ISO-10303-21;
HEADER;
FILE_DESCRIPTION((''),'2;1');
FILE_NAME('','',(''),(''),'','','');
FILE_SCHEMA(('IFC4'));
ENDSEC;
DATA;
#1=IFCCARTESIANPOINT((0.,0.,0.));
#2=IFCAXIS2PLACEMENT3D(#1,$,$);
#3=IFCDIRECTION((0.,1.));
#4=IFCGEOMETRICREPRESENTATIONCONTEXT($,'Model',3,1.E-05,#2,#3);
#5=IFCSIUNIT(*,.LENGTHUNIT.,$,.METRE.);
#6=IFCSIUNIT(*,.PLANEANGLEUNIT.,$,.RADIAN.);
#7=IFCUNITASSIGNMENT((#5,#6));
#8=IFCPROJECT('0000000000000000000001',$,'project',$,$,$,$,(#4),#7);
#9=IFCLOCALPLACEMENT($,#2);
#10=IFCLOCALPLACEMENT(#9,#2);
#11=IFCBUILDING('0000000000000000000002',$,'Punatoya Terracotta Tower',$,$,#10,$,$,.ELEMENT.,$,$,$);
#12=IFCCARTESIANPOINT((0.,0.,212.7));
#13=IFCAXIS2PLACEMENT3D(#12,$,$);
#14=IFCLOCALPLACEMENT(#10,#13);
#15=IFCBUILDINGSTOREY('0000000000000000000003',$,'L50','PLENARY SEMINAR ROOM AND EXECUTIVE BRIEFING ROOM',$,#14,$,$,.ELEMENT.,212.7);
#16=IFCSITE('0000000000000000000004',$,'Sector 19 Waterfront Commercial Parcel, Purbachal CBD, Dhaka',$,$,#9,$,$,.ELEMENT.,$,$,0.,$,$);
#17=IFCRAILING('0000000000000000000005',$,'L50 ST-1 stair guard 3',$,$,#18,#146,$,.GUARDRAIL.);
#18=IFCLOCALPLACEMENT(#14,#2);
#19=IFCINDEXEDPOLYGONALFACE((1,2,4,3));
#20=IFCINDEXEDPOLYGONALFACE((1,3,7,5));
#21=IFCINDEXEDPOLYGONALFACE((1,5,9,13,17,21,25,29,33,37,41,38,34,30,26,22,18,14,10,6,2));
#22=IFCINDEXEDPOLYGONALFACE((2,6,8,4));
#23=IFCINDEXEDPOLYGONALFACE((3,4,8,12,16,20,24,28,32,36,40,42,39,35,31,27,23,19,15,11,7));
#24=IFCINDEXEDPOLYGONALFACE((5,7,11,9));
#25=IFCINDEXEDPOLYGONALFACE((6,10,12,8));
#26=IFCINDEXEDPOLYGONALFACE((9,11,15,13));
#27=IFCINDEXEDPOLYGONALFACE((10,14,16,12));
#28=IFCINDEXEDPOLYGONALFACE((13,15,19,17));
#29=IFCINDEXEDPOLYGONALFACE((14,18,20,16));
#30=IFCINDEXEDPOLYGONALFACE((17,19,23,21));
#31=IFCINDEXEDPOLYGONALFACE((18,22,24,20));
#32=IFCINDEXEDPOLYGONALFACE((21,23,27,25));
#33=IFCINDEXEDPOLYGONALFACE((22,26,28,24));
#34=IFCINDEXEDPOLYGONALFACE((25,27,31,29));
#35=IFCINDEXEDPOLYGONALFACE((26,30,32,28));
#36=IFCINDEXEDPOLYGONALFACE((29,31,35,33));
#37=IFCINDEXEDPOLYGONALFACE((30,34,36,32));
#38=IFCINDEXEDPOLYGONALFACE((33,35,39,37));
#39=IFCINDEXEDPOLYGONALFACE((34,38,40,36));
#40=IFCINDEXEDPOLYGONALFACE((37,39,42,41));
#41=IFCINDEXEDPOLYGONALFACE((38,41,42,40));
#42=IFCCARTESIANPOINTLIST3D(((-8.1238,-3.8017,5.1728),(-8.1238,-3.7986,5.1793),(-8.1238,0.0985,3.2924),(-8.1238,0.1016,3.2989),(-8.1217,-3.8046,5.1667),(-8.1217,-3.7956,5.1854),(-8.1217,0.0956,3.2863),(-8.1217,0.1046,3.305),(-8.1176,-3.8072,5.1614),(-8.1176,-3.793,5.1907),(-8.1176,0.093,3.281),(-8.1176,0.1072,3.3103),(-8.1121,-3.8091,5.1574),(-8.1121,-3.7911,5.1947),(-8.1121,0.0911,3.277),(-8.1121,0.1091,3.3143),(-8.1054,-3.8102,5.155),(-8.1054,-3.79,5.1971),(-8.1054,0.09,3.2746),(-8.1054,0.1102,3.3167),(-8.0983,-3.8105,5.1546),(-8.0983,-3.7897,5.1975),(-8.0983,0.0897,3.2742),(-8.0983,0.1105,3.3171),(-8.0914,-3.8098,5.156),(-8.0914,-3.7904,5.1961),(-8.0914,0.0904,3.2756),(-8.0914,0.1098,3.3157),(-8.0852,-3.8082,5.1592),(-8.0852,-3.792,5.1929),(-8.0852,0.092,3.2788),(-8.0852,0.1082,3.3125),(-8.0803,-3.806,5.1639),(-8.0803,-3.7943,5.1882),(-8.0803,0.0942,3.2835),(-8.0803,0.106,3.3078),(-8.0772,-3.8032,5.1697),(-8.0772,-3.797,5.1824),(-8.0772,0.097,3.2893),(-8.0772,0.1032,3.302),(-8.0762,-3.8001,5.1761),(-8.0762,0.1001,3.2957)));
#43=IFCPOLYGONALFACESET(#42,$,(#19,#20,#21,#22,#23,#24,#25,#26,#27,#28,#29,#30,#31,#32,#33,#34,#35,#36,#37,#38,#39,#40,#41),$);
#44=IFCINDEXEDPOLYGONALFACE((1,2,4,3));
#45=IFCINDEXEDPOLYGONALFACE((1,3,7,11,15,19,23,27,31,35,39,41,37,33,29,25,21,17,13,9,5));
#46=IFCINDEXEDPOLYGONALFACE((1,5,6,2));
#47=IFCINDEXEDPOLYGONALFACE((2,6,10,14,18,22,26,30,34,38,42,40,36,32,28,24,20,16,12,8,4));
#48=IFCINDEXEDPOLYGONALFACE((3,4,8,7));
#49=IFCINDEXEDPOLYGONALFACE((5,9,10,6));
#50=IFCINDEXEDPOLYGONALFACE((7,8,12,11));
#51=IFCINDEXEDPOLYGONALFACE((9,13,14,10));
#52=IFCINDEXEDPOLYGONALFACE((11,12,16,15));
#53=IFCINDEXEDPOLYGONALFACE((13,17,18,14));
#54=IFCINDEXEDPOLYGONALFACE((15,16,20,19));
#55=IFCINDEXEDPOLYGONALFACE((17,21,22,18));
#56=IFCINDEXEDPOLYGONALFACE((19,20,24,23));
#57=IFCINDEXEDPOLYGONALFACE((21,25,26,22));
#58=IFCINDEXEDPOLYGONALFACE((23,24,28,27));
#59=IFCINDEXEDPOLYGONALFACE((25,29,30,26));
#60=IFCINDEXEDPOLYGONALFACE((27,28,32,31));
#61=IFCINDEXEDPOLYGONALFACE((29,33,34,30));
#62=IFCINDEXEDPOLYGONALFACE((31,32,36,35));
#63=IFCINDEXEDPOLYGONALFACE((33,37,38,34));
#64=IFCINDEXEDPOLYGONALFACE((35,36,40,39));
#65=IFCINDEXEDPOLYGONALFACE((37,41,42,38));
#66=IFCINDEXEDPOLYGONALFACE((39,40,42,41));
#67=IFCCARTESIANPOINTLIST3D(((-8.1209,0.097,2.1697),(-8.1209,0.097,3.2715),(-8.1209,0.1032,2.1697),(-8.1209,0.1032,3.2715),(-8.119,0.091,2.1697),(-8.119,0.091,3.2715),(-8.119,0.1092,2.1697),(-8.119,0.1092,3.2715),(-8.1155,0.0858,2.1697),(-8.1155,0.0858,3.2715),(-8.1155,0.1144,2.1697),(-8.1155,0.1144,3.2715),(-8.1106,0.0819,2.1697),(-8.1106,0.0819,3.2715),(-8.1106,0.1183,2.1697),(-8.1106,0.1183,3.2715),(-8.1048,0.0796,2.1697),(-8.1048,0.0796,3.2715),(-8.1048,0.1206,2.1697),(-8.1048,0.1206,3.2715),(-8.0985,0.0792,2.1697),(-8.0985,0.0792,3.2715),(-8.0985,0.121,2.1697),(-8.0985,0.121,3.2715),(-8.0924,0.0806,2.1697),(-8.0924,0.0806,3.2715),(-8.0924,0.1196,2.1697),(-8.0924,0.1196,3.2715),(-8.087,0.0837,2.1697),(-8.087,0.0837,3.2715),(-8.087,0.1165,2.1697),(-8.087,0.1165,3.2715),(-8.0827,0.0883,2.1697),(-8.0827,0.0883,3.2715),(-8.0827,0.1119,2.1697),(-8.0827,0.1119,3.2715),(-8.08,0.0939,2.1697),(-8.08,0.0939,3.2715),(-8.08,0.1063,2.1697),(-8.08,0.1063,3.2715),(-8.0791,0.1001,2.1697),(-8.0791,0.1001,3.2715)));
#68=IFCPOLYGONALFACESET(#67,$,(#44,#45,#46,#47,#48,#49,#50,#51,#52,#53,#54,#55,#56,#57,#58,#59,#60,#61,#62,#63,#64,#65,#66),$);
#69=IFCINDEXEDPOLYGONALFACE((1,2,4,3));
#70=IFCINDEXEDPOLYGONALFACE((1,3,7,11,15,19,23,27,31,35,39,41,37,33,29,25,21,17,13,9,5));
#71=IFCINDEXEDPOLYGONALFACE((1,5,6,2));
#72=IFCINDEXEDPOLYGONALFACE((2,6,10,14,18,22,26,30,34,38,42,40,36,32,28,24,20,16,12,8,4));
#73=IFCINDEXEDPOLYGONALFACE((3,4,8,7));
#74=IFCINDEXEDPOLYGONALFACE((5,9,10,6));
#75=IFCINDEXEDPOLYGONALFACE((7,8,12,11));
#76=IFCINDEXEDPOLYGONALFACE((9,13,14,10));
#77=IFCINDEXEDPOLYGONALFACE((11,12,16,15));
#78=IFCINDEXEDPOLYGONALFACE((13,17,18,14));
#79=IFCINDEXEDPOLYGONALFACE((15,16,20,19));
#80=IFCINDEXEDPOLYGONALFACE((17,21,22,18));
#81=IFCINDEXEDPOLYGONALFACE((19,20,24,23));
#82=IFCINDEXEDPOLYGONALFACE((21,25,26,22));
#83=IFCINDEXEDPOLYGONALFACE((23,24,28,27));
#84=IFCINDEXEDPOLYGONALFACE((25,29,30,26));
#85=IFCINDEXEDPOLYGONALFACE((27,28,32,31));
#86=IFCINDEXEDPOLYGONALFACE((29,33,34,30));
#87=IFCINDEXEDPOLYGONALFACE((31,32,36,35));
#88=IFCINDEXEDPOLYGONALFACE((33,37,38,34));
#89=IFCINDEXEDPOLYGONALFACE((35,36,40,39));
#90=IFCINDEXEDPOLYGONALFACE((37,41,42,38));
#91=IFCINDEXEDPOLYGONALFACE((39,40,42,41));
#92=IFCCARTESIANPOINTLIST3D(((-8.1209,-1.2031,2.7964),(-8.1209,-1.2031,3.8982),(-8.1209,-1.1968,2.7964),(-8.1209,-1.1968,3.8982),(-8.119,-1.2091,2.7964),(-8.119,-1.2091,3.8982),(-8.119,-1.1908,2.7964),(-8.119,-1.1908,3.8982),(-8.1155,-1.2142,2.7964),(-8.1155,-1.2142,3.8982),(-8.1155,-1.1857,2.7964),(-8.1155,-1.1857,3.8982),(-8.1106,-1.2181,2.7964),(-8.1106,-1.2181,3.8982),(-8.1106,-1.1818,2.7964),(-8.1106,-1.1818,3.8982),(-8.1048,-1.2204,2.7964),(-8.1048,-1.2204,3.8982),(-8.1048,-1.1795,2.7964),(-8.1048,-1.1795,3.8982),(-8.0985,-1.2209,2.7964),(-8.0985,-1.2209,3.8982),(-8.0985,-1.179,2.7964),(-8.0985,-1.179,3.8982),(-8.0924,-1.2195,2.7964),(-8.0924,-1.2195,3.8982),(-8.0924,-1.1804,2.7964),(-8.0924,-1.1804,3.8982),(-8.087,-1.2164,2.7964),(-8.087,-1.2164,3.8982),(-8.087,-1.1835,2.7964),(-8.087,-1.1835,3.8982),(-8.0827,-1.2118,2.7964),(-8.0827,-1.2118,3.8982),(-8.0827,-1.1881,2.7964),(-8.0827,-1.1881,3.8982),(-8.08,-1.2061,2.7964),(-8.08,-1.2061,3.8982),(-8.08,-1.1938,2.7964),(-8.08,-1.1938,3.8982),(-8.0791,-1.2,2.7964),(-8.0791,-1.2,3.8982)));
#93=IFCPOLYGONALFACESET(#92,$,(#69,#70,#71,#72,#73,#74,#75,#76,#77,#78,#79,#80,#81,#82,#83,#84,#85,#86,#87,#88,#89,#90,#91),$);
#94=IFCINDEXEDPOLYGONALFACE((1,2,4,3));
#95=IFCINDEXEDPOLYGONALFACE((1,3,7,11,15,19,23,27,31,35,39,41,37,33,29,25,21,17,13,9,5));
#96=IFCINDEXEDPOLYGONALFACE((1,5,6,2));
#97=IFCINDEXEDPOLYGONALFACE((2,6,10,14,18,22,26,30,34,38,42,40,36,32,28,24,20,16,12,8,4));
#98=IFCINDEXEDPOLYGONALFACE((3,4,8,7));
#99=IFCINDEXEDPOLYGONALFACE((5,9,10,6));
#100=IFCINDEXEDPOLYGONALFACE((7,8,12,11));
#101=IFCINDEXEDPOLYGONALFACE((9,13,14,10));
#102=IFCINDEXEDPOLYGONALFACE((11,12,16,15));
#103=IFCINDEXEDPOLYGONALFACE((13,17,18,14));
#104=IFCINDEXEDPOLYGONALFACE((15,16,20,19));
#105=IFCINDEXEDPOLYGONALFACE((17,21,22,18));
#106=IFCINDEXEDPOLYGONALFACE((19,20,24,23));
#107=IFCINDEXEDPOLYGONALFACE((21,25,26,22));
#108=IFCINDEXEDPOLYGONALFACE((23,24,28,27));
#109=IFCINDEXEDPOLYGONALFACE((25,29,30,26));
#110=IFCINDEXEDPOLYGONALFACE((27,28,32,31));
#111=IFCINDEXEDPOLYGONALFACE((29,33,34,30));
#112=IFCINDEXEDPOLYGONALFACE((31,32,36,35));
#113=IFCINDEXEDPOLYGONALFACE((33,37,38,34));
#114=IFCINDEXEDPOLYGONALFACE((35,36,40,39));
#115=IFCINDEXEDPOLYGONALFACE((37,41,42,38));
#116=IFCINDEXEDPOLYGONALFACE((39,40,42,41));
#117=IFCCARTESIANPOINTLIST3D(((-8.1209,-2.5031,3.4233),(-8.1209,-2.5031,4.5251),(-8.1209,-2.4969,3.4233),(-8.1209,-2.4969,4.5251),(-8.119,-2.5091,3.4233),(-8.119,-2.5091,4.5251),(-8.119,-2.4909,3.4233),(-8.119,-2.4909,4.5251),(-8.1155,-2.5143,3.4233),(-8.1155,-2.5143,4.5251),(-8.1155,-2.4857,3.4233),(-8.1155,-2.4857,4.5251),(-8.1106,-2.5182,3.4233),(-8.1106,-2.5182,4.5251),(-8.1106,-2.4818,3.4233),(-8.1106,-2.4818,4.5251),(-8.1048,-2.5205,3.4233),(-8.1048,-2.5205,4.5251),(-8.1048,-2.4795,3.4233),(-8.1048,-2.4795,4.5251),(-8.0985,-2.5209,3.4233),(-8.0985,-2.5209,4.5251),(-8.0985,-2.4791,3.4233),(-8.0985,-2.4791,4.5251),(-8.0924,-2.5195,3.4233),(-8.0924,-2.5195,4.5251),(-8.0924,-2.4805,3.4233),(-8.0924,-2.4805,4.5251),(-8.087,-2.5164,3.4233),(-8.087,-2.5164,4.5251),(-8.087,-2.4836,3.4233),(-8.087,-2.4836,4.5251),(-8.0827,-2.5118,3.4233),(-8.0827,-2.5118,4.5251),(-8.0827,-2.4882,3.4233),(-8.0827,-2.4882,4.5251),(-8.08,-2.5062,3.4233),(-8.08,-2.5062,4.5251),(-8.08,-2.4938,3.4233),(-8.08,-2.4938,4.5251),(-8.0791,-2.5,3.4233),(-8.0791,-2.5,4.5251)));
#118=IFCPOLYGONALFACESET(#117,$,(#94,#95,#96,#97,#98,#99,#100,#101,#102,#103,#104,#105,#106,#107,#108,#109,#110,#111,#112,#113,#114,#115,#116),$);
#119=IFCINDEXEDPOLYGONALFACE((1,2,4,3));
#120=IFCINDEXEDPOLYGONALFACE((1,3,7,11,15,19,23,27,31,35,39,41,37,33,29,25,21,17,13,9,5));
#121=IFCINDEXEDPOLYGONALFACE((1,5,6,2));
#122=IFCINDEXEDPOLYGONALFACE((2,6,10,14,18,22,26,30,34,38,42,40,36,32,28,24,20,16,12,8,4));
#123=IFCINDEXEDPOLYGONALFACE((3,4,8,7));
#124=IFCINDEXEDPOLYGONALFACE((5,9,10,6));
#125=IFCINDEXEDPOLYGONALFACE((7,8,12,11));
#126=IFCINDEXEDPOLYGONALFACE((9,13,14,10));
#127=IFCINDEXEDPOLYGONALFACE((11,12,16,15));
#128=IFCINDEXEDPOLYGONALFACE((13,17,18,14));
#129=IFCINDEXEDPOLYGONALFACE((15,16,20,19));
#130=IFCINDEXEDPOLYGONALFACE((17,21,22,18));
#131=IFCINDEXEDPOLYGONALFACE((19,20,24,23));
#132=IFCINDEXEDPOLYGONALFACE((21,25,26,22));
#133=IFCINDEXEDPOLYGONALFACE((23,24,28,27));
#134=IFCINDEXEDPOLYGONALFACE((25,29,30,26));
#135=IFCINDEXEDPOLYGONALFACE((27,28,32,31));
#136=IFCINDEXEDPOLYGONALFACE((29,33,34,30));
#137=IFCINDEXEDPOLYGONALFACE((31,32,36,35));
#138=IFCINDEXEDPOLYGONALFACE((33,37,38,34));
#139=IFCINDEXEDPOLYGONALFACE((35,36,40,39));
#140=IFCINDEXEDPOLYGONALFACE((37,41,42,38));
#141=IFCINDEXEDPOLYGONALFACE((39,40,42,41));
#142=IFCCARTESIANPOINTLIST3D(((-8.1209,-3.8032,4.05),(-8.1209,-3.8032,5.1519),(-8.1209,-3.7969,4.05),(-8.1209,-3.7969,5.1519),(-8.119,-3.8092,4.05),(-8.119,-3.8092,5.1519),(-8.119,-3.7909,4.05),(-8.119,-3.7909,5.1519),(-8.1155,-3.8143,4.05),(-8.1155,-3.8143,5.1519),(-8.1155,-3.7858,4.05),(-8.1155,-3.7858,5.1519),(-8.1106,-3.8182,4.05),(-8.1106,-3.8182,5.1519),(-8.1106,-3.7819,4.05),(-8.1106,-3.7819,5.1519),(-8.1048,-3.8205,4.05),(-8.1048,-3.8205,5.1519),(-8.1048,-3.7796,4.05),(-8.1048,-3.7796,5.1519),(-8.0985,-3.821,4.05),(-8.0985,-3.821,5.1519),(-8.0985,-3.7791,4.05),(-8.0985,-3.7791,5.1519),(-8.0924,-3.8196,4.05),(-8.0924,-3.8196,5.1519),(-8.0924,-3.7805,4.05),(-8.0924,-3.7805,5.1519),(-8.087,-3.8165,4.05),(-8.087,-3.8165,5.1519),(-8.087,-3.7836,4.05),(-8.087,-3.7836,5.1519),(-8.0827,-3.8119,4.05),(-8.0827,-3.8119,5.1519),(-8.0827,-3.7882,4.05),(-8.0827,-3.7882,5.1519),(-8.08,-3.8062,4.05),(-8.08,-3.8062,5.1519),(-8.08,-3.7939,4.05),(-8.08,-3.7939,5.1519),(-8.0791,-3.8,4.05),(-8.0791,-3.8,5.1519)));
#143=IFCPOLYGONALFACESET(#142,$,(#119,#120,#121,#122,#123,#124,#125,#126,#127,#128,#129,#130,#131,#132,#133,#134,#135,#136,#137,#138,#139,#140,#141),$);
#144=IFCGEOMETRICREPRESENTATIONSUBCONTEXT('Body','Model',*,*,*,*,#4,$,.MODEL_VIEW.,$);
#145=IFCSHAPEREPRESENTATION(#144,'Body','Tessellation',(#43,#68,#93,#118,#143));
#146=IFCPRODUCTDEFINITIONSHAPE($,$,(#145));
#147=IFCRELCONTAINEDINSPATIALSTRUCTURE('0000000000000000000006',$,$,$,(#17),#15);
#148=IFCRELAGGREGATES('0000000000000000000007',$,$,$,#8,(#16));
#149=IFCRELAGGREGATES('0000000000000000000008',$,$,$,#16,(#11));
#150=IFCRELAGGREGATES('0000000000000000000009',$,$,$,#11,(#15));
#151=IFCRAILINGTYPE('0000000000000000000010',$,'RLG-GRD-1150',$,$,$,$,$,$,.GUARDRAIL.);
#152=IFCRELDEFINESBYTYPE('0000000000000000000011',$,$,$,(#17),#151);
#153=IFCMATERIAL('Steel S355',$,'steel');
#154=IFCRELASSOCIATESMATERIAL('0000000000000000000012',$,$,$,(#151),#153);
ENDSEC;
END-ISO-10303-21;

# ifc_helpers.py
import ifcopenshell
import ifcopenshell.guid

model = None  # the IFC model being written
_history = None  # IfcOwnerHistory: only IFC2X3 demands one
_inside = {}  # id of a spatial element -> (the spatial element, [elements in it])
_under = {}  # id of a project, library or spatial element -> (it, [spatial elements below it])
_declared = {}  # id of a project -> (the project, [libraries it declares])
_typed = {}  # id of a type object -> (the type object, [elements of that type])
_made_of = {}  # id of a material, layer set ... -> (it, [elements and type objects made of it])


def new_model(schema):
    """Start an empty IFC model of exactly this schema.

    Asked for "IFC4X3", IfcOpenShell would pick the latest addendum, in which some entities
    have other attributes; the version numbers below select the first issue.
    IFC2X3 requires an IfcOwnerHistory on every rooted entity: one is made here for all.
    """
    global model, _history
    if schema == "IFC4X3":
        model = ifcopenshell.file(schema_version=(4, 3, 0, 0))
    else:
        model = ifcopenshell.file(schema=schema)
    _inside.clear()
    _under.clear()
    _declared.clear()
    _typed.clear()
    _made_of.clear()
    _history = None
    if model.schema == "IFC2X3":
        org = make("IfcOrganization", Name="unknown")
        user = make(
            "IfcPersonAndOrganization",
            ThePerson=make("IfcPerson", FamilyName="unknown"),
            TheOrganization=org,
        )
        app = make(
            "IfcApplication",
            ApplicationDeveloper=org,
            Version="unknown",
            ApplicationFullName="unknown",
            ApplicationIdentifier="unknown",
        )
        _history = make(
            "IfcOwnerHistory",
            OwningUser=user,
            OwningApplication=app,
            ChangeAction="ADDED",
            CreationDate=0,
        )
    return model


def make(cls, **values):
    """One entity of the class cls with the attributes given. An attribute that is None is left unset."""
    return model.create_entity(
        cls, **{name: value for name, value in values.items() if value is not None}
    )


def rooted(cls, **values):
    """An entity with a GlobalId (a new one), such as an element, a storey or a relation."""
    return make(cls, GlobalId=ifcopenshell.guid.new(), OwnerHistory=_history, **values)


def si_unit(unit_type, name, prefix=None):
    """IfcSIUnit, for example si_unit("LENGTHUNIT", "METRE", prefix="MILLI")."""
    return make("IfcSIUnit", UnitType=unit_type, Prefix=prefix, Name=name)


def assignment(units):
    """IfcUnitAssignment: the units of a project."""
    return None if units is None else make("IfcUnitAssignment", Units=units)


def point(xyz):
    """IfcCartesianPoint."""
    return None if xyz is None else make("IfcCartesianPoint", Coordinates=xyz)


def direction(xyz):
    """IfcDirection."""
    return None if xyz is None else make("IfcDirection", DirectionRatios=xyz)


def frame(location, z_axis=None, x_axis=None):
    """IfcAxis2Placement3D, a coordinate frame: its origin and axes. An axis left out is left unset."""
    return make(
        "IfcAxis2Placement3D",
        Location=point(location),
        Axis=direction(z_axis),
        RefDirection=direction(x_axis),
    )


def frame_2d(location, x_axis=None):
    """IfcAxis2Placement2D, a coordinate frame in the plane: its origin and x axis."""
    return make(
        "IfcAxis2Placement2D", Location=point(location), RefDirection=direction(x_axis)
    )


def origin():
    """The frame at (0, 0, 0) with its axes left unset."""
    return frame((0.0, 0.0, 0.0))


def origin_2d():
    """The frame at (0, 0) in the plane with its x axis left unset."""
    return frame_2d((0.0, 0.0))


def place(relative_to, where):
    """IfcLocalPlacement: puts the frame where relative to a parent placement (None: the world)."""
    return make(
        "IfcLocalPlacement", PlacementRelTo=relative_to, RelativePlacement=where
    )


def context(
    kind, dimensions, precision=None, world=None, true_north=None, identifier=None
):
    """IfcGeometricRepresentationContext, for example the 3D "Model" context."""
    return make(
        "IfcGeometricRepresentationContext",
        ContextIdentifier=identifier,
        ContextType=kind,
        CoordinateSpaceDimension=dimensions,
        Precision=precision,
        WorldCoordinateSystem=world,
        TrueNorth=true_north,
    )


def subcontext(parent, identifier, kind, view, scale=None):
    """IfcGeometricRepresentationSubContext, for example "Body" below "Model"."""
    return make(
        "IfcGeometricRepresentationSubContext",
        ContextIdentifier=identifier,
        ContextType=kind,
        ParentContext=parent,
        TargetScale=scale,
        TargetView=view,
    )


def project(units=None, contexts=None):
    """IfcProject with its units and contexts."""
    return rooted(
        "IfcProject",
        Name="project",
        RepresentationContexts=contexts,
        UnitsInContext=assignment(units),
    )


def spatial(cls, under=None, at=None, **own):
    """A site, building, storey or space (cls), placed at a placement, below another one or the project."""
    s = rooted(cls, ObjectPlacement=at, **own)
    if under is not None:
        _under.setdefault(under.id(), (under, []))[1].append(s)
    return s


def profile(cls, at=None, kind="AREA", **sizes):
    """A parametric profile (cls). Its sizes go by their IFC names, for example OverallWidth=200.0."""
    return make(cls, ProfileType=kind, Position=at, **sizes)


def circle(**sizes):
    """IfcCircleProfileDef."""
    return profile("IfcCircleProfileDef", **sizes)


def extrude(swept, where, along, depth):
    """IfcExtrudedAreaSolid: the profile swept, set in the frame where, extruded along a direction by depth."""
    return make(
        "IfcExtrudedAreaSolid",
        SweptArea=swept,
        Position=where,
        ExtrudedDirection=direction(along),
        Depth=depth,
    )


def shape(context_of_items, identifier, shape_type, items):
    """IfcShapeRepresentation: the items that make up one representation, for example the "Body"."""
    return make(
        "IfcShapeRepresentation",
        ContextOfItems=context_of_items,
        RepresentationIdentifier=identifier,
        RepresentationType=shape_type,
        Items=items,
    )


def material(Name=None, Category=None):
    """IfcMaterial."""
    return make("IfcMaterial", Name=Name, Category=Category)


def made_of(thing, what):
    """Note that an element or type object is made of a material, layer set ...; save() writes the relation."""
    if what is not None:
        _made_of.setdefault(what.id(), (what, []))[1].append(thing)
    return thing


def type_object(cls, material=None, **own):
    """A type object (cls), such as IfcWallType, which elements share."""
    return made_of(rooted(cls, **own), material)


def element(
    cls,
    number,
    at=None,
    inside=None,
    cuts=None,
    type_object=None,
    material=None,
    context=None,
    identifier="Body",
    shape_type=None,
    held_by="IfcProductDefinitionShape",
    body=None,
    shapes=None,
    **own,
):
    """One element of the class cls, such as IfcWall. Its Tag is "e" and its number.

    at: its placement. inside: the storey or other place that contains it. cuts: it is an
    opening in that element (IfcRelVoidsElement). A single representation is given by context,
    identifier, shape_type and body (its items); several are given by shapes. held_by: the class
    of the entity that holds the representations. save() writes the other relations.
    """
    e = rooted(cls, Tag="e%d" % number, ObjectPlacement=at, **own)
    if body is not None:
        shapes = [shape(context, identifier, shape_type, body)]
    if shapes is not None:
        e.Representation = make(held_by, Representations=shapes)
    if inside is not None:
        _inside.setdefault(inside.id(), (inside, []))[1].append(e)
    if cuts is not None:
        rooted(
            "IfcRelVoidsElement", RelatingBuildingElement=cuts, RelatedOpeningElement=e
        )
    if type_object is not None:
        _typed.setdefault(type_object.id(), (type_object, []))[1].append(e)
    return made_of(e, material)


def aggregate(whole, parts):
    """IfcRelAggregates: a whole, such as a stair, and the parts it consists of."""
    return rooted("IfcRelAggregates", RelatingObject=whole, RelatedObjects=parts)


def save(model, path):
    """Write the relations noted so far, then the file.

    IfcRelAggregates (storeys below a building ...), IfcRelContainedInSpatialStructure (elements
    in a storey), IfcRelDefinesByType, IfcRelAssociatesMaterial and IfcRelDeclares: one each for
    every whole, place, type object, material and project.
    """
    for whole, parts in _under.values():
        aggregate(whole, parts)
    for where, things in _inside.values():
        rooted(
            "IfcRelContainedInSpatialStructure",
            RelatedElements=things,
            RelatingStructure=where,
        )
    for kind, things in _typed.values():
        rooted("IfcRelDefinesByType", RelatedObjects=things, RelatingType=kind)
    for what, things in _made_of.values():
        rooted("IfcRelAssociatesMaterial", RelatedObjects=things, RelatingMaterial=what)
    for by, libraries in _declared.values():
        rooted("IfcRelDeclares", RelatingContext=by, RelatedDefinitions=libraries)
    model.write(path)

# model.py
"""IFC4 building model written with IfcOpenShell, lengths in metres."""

from ifc_helpers import new_model, si_unit, direction, frame, origin, origin_2d, place, context, subcontext, project, spatial, circle, extrude, material, type_object, element, save


model = new_model("IFC4")

# Units and contexts
model_context = context("Model", 3, precision=1e-05, world=origin(), true_north=direction((0.0, 1.0)))
body_context = subcontext(model_context, "Body", "Model", "MODEL_VIEW")
ifc_project = project(units=[si_unit("LENGTHUNIT", "METRE"), si_unit("PLANEANGLEUNIT", "RADIAN")], contexts=[model_context])

# Site, building, storey
site_placement = place(None, origin())
site = spatial("IfcSite", under=ifc_project, at=site_placement, Name="Sector 19 Waterfront Commercial Parcel, Purbachal CBD, Dhaka", CompositionType="ELEMENT", RefElevation=0.0)
building_placement = place(site_placement, origin())
building = spatial("IfcBuilding", under=site, at=building_placement, Name="Punatoya Terracotta Tower", CompositionType="ELEMENT")
storey_placement = place(building_placement, frame((0.0, 0.0, 212.7)))
storey = spatial("IfcBuildingStorey", under=building, at=storey_placement, Name="L50", Description="PLENARY SEMINAR ROOM AND EXECUTIVE BRIEFING ROOM", CompositionType="ELEMENT", Elevation=212.7)

# Shared definitions
ifc_material_1 = material(Name="Steel S355", Category="steel")

# Railing
railing_type_1 = type_object("IfcRailingType", Name="RLG-GRD-1150", PredefinedType="GUARDRAIL", material=ifc_material_1)
railing_1_placement = place(storey_placement, frame((-8.1001, 0.1001, 2.1697)))
element("IfcRailing", 1, at=railing_1_placement, inside=storey, type_object=railing_type_1, Name="L50 ST-1 stair guard 3", PredefinedType="GUARDRAIL", context=body_context, shape_type="SweptSolid", body=[
    extrude(circle(Radius=0.0239, at=origin_2d()), frame((0.0, 0.0, 1.126), z_axis=(0.0, -0.900774, 0.434289), x_axis=(1.0, 0.0, 0.0)), (0.0, 0.0, 1.0), 4.3298),
    extrude(circle(Radius=0.021, at=origin_2d()), origin(), (0.0, 0.0, 1.0), 1.1018),
    extrude(circle(Radius=0.021, at=origin_2d()), frame((0.0, -1.3, 0.6267)), (0.0, 0.0, 1.0), 1.1018),
    extrude(circle(Radius=0.021, at=origin_2d()), frame((0.0, -2.6001, 1.2537)), (0.0, 0.0, 1.0), 1.1018),
    extrude(circle(Radius=0.021, at=origin_2d()), frame((0.0, -3.9001, 1.8804)), (0.0, 0.0, 1.0), 1.1018),
])

save(model, "model.ifc")
